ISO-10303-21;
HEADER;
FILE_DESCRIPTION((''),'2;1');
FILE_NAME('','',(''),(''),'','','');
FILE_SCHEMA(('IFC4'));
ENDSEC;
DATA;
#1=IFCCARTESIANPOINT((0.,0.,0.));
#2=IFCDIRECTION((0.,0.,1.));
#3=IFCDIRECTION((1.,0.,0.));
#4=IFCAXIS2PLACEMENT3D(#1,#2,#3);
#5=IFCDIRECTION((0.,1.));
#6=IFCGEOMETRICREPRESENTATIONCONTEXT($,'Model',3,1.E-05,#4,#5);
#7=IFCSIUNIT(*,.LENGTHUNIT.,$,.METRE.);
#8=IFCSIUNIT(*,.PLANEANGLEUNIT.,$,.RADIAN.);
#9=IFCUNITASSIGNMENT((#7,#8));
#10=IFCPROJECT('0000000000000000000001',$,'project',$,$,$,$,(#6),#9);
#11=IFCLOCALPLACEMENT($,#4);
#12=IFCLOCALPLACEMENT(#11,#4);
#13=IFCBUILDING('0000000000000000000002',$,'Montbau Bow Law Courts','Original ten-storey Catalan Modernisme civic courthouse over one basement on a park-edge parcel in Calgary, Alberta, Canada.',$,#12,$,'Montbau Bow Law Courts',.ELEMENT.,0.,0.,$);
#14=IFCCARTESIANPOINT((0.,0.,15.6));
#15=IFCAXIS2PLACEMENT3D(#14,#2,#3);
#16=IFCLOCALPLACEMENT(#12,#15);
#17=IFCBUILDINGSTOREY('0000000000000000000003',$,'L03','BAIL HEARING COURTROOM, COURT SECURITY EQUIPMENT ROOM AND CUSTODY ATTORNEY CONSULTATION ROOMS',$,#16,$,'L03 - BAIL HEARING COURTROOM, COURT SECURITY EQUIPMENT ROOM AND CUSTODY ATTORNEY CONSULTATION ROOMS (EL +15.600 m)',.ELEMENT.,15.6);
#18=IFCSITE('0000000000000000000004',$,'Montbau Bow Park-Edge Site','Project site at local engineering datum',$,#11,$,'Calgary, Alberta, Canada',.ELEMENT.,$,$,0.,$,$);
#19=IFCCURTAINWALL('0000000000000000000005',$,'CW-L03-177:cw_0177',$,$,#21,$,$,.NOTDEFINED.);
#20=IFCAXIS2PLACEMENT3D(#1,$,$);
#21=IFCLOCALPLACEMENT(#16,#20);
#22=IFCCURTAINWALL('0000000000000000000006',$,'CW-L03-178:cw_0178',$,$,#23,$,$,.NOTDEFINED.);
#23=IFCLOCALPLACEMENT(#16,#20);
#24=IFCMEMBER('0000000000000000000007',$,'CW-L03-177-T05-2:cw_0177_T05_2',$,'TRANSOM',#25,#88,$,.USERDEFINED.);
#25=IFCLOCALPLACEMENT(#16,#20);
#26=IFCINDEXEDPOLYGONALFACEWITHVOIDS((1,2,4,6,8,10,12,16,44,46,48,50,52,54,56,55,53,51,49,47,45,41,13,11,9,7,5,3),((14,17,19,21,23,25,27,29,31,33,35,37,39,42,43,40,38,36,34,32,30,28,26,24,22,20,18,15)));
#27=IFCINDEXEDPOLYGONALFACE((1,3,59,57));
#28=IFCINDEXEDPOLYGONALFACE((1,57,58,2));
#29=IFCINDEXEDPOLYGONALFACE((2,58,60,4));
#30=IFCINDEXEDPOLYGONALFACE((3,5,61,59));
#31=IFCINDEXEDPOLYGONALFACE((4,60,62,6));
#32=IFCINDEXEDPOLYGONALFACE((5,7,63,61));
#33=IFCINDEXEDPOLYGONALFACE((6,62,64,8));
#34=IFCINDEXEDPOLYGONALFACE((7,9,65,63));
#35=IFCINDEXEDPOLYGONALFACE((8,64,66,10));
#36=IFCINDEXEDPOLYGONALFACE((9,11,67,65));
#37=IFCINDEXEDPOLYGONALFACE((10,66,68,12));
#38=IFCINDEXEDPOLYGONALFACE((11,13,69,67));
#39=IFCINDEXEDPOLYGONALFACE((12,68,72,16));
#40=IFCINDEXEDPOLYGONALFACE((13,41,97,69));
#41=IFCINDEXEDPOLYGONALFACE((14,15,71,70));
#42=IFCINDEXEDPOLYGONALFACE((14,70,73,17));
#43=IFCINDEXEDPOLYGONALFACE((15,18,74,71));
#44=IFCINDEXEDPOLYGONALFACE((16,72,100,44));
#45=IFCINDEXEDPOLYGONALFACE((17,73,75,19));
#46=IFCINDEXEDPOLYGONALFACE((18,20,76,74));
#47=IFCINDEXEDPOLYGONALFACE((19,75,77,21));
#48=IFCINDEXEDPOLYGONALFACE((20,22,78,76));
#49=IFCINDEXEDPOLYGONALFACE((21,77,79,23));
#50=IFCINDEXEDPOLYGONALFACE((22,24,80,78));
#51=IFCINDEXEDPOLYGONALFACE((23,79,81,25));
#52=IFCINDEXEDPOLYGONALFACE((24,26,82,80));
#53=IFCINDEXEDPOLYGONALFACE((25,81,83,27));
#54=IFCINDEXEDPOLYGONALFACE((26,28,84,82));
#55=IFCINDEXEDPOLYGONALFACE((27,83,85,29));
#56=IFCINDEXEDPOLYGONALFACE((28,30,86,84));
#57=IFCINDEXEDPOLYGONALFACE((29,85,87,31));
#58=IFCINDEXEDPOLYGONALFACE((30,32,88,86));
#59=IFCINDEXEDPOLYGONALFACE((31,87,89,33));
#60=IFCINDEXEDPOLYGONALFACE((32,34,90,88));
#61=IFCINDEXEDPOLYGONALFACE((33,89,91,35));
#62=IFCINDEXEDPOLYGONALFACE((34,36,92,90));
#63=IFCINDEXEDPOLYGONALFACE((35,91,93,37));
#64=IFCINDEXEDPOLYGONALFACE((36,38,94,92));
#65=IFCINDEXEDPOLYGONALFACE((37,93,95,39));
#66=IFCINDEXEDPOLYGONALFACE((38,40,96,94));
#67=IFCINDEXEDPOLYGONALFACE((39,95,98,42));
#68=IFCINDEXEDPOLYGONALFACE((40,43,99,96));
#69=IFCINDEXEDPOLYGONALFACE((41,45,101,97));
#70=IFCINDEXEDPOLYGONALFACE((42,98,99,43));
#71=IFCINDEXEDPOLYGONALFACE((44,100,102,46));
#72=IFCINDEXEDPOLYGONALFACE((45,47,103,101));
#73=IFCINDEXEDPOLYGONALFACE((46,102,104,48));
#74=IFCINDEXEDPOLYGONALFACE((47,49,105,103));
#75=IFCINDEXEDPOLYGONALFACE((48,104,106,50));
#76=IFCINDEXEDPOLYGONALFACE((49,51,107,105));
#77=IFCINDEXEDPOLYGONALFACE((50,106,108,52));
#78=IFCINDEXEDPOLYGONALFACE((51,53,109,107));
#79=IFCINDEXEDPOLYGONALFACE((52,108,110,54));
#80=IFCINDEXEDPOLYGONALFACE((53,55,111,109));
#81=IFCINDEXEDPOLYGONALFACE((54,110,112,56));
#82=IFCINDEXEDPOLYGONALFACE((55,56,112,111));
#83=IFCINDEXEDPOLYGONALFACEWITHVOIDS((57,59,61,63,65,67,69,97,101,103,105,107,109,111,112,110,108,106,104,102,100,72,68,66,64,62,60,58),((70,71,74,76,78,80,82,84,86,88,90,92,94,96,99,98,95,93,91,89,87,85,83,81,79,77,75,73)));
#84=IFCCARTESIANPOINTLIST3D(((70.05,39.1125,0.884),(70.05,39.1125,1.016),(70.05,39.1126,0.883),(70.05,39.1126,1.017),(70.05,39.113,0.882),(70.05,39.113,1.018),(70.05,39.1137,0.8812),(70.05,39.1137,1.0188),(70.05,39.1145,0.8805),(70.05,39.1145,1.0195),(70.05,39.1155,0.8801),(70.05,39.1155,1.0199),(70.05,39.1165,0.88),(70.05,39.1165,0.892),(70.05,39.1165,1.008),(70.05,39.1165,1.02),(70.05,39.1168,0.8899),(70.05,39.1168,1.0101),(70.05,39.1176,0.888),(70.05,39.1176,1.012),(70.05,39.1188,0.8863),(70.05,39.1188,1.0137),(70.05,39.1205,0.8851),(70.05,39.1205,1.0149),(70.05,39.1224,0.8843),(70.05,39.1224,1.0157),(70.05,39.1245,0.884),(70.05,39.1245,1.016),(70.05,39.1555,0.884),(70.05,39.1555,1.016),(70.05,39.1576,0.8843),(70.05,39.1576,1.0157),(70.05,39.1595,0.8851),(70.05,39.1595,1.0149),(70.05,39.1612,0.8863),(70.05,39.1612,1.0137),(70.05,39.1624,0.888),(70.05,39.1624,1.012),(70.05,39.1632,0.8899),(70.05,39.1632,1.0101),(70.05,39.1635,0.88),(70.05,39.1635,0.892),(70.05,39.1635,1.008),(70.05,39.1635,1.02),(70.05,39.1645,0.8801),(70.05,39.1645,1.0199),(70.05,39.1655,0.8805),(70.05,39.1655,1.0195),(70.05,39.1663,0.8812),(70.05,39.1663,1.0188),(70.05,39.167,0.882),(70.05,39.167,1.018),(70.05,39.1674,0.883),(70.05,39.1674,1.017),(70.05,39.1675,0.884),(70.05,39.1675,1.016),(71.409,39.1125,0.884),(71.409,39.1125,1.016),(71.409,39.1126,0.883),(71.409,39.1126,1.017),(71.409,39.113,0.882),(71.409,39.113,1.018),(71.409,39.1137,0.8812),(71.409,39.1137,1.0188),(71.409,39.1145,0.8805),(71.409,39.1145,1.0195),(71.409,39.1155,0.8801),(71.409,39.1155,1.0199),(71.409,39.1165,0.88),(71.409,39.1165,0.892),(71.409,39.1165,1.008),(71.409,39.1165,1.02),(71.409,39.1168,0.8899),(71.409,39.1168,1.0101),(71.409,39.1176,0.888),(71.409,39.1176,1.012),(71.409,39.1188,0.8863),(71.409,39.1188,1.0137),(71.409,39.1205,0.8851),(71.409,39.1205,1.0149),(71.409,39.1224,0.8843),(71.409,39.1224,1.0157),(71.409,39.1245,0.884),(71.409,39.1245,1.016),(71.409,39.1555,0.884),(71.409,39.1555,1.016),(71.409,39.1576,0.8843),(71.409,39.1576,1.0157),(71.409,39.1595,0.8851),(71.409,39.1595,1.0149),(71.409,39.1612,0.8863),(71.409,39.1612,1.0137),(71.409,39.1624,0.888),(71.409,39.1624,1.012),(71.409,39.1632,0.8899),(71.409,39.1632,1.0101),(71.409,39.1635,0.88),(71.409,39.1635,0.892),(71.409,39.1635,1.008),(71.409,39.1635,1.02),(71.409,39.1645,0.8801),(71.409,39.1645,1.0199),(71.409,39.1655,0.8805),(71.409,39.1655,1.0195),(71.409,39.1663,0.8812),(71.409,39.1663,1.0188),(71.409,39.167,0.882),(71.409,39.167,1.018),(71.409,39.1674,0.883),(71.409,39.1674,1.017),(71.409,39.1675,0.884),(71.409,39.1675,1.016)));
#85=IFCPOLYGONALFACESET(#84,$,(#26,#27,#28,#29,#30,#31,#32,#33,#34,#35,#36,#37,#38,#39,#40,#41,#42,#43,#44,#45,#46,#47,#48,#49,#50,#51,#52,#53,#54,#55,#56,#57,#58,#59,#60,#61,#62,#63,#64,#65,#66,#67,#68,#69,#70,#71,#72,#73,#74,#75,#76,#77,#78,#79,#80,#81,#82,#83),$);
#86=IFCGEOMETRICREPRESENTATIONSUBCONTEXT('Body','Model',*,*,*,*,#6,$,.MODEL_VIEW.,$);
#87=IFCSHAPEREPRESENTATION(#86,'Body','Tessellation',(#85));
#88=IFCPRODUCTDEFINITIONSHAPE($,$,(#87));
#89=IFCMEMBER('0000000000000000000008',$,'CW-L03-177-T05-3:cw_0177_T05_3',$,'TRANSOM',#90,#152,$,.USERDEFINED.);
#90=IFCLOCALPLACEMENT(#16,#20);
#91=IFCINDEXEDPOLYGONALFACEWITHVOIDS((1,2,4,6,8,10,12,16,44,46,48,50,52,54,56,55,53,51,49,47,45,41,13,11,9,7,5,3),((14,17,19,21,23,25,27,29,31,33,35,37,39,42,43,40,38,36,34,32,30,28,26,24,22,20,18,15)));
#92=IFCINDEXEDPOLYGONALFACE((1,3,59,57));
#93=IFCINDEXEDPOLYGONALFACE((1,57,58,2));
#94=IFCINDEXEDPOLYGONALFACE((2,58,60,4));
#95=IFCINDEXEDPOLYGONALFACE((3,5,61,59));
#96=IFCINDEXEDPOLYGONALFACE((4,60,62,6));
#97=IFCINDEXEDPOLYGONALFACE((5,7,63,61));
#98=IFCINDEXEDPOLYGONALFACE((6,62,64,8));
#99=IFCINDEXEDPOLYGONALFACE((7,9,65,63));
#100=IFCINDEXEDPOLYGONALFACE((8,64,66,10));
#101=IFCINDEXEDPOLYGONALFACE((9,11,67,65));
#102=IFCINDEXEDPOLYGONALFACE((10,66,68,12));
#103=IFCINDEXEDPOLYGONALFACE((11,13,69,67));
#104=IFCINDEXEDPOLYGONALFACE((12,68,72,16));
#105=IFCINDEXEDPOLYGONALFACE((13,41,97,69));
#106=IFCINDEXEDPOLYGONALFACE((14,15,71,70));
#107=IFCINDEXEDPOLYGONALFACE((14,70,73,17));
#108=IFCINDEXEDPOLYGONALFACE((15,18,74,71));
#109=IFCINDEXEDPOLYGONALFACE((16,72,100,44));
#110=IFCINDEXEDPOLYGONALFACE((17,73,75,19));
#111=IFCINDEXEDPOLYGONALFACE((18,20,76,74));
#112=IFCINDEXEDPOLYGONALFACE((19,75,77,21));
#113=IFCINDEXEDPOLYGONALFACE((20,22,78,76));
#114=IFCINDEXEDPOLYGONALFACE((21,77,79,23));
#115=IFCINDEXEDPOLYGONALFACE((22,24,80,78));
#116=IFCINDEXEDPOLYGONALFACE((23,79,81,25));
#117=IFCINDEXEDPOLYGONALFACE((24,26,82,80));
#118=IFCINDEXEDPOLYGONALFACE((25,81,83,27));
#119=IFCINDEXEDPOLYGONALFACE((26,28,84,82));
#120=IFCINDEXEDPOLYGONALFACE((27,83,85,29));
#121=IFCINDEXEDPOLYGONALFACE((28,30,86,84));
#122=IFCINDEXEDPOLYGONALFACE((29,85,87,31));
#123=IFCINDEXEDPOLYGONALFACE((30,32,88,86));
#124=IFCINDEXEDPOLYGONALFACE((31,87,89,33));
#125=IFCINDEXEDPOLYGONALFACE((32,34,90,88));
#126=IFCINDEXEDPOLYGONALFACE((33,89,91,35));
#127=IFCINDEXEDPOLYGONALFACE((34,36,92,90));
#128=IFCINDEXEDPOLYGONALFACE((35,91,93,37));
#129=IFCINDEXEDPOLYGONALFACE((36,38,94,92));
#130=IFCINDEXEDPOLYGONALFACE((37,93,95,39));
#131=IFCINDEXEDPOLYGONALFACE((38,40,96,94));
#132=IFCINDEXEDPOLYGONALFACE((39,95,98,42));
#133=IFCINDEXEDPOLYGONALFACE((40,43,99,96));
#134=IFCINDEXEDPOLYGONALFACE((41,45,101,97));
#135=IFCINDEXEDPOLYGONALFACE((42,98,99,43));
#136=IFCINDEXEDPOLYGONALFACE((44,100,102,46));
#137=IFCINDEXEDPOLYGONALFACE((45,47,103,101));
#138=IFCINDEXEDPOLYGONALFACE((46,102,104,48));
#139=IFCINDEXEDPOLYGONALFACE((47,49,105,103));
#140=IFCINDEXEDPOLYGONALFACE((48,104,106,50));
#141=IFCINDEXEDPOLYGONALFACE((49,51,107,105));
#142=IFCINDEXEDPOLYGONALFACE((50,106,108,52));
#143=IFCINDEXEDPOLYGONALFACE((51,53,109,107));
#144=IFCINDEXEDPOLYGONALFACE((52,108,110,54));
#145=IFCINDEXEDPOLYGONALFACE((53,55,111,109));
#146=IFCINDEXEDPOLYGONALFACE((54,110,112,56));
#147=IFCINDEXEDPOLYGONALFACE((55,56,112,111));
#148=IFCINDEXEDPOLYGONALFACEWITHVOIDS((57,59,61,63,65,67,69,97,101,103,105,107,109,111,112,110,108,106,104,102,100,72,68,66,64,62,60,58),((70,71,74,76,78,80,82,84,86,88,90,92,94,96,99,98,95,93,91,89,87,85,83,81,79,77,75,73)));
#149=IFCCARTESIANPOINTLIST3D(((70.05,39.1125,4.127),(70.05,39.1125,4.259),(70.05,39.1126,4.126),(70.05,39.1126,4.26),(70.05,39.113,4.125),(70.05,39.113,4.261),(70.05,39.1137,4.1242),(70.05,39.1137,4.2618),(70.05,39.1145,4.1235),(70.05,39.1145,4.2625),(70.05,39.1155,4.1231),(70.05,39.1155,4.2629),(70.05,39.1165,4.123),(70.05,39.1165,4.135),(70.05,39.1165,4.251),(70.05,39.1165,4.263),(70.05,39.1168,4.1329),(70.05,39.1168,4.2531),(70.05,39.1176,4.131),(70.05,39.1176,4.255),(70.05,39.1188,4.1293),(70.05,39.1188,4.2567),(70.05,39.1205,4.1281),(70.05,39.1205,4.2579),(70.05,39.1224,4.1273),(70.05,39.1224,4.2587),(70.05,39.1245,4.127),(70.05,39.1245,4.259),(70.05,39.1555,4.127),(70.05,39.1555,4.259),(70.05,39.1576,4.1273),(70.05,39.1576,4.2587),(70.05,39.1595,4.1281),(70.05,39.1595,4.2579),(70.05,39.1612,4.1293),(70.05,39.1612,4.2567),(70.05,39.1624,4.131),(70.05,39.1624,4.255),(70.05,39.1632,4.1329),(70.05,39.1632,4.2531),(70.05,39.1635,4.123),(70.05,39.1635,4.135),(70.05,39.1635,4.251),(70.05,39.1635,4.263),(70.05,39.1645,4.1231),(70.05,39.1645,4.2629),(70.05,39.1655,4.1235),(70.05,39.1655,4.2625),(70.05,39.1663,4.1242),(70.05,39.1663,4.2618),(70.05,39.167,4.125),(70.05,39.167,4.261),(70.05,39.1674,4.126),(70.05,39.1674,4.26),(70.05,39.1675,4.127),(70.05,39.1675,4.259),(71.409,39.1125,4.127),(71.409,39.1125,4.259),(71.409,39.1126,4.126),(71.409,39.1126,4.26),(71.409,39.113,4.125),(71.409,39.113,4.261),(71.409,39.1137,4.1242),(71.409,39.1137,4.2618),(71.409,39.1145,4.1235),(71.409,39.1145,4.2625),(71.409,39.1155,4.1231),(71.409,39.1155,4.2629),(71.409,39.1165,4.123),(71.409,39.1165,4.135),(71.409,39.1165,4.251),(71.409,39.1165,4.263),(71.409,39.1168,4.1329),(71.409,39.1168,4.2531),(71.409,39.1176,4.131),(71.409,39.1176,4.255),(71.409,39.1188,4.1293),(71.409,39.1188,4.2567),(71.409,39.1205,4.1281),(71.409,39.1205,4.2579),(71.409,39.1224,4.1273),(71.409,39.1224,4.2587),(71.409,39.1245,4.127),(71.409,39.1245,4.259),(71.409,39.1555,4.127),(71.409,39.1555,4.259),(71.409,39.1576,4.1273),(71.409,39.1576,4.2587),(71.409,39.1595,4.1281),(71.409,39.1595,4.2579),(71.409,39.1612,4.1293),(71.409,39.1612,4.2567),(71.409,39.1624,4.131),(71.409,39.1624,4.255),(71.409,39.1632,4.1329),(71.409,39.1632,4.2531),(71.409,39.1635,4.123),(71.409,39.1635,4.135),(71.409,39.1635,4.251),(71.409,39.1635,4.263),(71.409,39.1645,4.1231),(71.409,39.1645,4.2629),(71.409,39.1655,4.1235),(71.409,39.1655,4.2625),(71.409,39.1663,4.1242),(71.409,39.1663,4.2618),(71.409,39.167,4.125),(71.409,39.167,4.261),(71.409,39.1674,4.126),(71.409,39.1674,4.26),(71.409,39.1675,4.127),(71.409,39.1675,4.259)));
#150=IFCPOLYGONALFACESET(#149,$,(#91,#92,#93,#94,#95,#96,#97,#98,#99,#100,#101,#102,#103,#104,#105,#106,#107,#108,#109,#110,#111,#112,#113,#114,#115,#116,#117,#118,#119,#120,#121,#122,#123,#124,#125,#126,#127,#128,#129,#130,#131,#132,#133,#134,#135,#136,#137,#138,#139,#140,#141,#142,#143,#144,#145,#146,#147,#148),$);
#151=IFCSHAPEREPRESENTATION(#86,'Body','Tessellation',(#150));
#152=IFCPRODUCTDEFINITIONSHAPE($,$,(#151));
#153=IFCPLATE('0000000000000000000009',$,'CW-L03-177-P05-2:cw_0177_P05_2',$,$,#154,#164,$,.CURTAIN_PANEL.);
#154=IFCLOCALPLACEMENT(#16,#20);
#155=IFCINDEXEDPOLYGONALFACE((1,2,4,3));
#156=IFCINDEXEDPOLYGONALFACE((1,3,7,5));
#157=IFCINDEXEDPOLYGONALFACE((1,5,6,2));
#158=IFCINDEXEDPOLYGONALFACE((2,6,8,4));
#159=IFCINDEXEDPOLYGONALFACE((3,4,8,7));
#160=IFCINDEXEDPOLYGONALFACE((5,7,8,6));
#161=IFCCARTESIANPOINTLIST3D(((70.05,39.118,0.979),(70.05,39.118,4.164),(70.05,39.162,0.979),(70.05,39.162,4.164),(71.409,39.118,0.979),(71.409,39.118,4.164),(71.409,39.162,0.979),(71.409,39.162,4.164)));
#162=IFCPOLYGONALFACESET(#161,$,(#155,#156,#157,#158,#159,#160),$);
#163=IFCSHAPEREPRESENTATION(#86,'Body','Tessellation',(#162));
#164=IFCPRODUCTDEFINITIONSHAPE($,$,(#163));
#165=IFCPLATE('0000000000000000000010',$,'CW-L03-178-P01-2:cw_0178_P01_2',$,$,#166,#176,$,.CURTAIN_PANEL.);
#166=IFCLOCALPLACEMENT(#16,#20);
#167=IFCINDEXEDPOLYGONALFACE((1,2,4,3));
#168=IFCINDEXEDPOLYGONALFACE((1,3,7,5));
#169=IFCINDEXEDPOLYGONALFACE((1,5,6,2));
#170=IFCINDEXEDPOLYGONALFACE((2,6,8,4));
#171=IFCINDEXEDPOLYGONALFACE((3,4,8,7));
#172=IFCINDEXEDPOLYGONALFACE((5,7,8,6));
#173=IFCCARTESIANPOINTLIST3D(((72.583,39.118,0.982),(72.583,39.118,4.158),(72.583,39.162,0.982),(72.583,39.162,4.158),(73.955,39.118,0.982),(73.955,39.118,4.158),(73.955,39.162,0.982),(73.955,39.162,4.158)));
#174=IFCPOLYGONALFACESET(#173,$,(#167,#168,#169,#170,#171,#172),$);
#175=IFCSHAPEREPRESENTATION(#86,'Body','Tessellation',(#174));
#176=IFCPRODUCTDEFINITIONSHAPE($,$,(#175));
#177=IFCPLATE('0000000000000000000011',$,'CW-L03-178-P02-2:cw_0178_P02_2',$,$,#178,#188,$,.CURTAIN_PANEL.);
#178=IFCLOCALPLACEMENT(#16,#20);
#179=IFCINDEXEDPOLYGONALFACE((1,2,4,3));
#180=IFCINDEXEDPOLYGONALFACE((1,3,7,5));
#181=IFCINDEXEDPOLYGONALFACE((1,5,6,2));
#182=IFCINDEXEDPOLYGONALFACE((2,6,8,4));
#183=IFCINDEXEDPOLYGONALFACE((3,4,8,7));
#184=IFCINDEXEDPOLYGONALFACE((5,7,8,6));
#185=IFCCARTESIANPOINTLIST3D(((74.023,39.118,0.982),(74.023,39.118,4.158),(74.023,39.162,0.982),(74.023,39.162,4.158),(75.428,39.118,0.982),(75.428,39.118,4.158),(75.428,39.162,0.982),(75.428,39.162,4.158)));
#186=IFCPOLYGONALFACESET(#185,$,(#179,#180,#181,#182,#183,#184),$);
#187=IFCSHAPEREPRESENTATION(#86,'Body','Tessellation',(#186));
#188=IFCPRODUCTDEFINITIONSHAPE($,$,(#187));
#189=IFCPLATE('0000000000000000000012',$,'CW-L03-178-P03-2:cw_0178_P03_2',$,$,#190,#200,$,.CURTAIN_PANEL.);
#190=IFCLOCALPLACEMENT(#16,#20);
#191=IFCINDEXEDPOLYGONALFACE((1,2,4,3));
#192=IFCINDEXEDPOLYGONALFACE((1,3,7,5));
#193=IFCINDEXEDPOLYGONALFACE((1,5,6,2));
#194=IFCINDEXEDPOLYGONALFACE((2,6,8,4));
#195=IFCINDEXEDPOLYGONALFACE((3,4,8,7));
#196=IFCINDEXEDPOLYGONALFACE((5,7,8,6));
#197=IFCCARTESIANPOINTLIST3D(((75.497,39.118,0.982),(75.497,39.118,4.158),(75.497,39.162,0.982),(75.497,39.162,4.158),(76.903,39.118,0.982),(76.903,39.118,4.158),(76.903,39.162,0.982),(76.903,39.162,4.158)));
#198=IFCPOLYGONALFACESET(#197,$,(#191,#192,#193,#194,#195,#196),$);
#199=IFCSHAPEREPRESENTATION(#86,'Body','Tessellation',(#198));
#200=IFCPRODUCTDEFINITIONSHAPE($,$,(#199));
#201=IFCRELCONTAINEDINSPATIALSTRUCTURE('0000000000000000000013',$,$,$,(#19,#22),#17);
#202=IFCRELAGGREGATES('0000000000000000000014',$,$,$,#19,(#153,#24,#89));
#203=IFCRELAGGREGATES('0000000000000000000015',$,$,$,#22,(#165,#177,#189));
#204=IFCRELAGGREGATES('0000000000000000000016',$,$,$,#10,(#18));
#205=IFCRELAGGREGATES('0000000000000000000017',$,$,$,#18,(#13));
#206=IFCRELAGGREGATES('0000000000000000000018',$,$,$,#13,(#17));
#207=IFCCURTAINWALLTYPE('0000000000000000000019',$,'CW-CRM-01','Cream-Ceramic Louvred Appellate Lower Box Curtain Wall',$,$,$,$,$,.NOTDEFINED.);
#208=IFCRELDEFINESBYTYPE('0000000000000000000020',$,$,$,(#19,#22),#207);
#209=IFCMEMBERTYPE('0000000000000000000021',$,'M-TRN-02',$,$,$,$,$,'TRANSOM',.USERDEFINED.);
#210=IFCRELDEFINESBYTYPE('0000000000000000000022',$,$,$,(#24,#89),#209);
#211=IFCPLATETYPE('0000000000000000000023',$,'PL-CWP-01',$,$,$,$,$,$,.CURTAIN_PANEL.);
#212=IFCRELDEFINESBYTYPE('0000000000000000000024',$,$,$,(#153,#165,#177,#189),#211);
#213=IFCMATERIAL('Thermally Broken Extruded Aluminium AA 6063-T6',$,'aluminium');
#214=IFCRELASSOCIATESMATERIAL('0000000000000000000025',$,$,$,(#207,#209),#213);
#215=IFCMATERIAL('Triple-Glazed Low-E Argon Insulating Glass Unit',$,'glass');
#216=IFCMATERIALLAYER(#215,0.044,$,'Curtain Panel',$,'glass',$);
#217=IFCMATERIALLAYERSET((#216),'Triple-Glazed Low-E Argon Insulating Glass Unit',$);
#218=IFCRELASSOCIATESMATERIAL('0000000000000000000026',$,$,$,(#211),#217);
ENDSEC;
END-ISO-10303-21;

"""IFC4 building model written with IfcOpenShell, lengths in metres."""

from ifc_helpers import new_model, si_unit, direction, frame, frame_2d, origin_with_axes, origin_2d_with_axis, place, context, subcontext, project, spatial, rectangle, hollow_rectangle, extrude, material, layer, layer_set, material_profile, profile_set, type_object, element, aggregate, save


model = new_model("IFC4")

# Units and contexts
model_context = context("Model", 3, precision=1e-05, world=origin_with_axes(), true_north=direction((0.0, 1.0)))
body_context = subcontext(model_context, "Body", "Model", "MODEL_VIEW")
ifc_project = project(units=[si_unit("LENGTHUNIT", "METRE"), si_unit("PLANEANGLEUNIT", "RADIAN")], contexts=[model_context])

# Site, building, storey
site_placement = place(None, origin_with_axes())
site = spatial("IfcSite", under=ifc_project, at=site_placement, Name="Montbau Bow Park-Edge Site", Description="Project site at local engineering datum", LongName="Calgary, Alberta, Canada", CompositionType="ELEMENT", RefElevation=0.0)
building_placement = place(site_placement, origin_with_axes())
building = spatial("IfcBuilding", under=site, at=building_placement, Name="Montbau Bow Law Courts", Description="Original ten-storey Catalan Modernisme civic courthouse over one basement on a park-edge parcel in Calgary, Alberta, Canada.", LongName="Montbau Bow Law Courts", CompositionType="ELEMENT", ElevationOfRefHeight=0.0, ElevationOfTerrain=0.0)
storey_placement = place(building_placement, frame((0.0, 0.0, 15.6), z_axis=(0.0, 0.0, 1.0), x_axis=(1.0, 0.0, 0.0)))
storey = spatial("IfcBuildingStorey", under=building, at=storey_placement, Name="L03", Description="BAIL HEARING COURTROOM, COURT SECURITY EQUIPMENT ROOM AND CUSTODY ATTORNEY CONSULTATION ROOMS", LongName="L03 - BAIL HEARING COURTROOM, COURT SECURITY EQUIPMENT ROOM AND CUSTODY ATTORNEY CONSULTATION ROOMS (EL +15.600 m)", CompositionType="ELEMENT", Elevation=15.6)

# Curtain wall
ifc_material_1 = material(Name="Thermally Broken Extruded Aluminium AA 6063-T6", Category="aluminium")
curtain_wall_type = type_object("IfcCurtainWallType", Name="CW-CRM-01", Description="Cream-Ceramic Louvred Appellate Lower Box Curtain Wall", PredefinedType="NOTDEFINED", material=ifc_material_1)
curtain_wall_1_placement = place(None, frame((64.115, 39.14, 15.6), z_axis=(0.0, 0.0, 1.0), x_axis=(1.0, 0.0, 0.0)))
curtain_wall_1 = element("IfcCurtainWall", 1, at=curtain_wall_1_placement, inside=storey, type_object=curtain_wall_type, Name="CW-L03-177:cw_0177", PredefinedType="NOTDEFINED")

# Curtain wall
curtain_wall_2_placement = place(None, frame((72.515, 39.14, 15.6), z_axis=(0.0, 0.0, 1.0), x_axis=(1.0, 0.0, 0.0)))
curtain_wall_2 = element("IfcCurtainWall", 2, at=curtain_wall_2_placement, inside=storey, type_object=curtain_wall_type, Name="CW-L03-178:cw_0178", PredefinedType="NOTDEFINED")

# Members
ifc_material_profile_1 = material_profile(ifc_material_1, hollow_rectangle(XDim=0.055, YDim=0.14, WallThickness=0.004, InnerFilletRadius=0.008, OuterFilletRadius=0.004, at=origin_2d_with_axis()), Name="CWT-140X55", Category="Main", Priority=0)
ifc_profile_set_1 = profile_set([ifc_material_profile_1], Name="Thermally Broken Extruded Aluminium AA 6063-T6")
member_type_1 = type_object("IfcMemberType", Name="M-TRN-02", ElementType="TRANSOM", PredefinedType="USERDEFINED", material=ifc_profile_set_1)
member_1_placement = place(None, frame((70.05, 39.14, 16.55), z_axis=(1.0, 0.0, 0.0), x_axis=(0.0, 1.0, 0.0)))
member_1 = element("IfcMember", 3, at=member_1_placement, type_object=member_type_1, Name="CW-L03-177-T05-2:cw_0177_T05_2", ObjectType="TRANSOM", PredefinedType="USERDEFINED", context=body_context, shape_type="SweptSolid", body=[
    extrude(hollow_rectangle(XDim=0.055, YDim=0.14, WallThickness=0.004, InnerFilletRadius=0.008, OuterFilletRadius=0.004, at=origin_2d_with_axis()), origin_with_axes(), (0.0, 0.0, 1.0), 1.359),
])
member_2_placement = place(None, frame((70.05, 39.14, 19.793), z_axis=(1.0, 0.0, 0.0), x_axis=(0.0, 1.0, 0.0)))
member_2 = element("IfcMember", 4, at=member_2_placement, type_object=member_type_1, Name="CW-L03-177-T05-3:cw_0177_T05_3", ObjectType="TRANSOM", PredefinedType="USERDEFINED", context=body_context, shape_type="SweptSolid", body=[
    extrude(hollow_rectangle(XDim=0.055, YDim=0.14, WallThickness=0.004, InnerFilletRadius=0.008, OuterFilletRadius=0.004, at=origin_2d_with_axis()), origin_with_axes(), (0.0, 0.0, 1.0), 1.359),
])

# Plates
ifc_material_2 = material(Name="Triple-Glazed Low-E Argon Insulating Glass Unit", Category="glass")
ifc_layer_1 = layer(ifc_material_2, 0.044, Name="Curtain Panel", Category="glass")
ifc_layer_set_1 = layer_set([ifc_layer_1], Name="Triple-Glazed Low-E Argon Insulating Glass Unit")
plate_type_1 = type_object("IfcPlateType", Name="PL-CWP-01", PredefinedType="CURTAIN_PANEL", material=ifc_layer_set_1)
plate_1_placement = place(None, frame((70.05, 39.14, 16.579), z_axis=(0.0, -1.0, 0.0), x_axis=(1.0, 0.0, 0.0)))
plate_1 = element("IfcPlate", 5, at=plate_1_placement, type_object=plate_type_1, Name="CW-L03-177-P05-2:cw_0177_P05_2", PredefinedType="CURTAIN_PANEL", context=body_context, shape_type="SweptSolid", body=[
    extrude(rectangle(XDim=1.359, YDim=3.185, at=frame_2d((0.6795, 1.5925), x_axis=(1.0, 0.0))), frame((0.0, 0.0, -0.022), z_axis=(0.0, 0.0, 1.0), x_axis=(1.0, 0.0, 0.0)), (0.0, 0.0, 1.0), 0.044),
])
plate_2_placement = place(None, frame((72.583, 39.14, 16.582), z_axis=(0.0, -1.0, 0.0), x_axis=(1.0, 0.0, 0.0)))
plate_2 = element("IfcPlate", 6, at=plate_2_placement, type_object=plate_type_1, Name="CW-L03-178-P01-2:cw_0178_P01_2", PredefinedType="CURTAIN_PANEL", context=body_context, shape_type="SweptSolid", body=[
    extrude(rectangle(XDim=1.372, YDim=3.176, at=frame_2d((0.686, 1.588), x_axis=(1.0, 0.0))), frame((0.0, 0.0, -0.022), z_axis=(0.0, 0.0, 1.0), x_axis=(1.0, 0.0, 0.0)), (0.0, 0.0, 1.0), 0.044),
])
plate_3_placement = place(None, frame((74.023, 39.14, 16.582), z_axis=(0.0, -1.0, 0.0), x_axis=(1.0, 0.0, 0.0)))
plate_3 = element("IfcPlate", 7, at=plate_3_placement, type_object=plate_type_1, Name="CW-L03-178-P02-2:cw_0178_P02_2", PredefinedType="CURTAIN_PANEL", context=body_context, shape_type="SweptSolid", body=[
    extrude(rectangle(XDim=1.405, YDim=3.176, at=frame_2d((0.7025, 1.588), x_axis=(1.0, 0.0))), frame((0.0, 0.0, -0.022), z_axis=(0.0, 0.0, 1.0), x_axis=(1.0, 0.0, 0.0)), (0.0, 0.0, 1.0), 0.044),
])
plate_4_placement = place(None, frame((75.497, 39.14, 16.582), z_axis=(0.0, -1.0, 0.0), x_axis=(1.0, 0.0, 0.0)))
plate_4 = element("IfcPlate", 8, at=plate_4_placement, type_object=plate_type_1, Name="CW-L03-178-P03-2:cw_0178_P03_2", PredefinedType="CURTAIN_PANEL", context=body_context, shape_type="SweptSolid", body=[
    extrude(rectangle(XDim=1.406, YDim=3.176, at=frame_2d((0.703, 1.588), x_axis=(1.0, 0.0))), frame((0.0, 0.0, -0.022), z_axis=(0.0, 0.0, 1.0), x_axis=(1.0, 0.0, 0.0)), (0.0, 0.0, 1.0), 0.044),
])
aggregate(curtain_wall_1, [plate_1, member_1, member_2])
aggregate(curtain_wall_2, [plate_2, plate_3, plate_4])

save(model, "model.ifc")
